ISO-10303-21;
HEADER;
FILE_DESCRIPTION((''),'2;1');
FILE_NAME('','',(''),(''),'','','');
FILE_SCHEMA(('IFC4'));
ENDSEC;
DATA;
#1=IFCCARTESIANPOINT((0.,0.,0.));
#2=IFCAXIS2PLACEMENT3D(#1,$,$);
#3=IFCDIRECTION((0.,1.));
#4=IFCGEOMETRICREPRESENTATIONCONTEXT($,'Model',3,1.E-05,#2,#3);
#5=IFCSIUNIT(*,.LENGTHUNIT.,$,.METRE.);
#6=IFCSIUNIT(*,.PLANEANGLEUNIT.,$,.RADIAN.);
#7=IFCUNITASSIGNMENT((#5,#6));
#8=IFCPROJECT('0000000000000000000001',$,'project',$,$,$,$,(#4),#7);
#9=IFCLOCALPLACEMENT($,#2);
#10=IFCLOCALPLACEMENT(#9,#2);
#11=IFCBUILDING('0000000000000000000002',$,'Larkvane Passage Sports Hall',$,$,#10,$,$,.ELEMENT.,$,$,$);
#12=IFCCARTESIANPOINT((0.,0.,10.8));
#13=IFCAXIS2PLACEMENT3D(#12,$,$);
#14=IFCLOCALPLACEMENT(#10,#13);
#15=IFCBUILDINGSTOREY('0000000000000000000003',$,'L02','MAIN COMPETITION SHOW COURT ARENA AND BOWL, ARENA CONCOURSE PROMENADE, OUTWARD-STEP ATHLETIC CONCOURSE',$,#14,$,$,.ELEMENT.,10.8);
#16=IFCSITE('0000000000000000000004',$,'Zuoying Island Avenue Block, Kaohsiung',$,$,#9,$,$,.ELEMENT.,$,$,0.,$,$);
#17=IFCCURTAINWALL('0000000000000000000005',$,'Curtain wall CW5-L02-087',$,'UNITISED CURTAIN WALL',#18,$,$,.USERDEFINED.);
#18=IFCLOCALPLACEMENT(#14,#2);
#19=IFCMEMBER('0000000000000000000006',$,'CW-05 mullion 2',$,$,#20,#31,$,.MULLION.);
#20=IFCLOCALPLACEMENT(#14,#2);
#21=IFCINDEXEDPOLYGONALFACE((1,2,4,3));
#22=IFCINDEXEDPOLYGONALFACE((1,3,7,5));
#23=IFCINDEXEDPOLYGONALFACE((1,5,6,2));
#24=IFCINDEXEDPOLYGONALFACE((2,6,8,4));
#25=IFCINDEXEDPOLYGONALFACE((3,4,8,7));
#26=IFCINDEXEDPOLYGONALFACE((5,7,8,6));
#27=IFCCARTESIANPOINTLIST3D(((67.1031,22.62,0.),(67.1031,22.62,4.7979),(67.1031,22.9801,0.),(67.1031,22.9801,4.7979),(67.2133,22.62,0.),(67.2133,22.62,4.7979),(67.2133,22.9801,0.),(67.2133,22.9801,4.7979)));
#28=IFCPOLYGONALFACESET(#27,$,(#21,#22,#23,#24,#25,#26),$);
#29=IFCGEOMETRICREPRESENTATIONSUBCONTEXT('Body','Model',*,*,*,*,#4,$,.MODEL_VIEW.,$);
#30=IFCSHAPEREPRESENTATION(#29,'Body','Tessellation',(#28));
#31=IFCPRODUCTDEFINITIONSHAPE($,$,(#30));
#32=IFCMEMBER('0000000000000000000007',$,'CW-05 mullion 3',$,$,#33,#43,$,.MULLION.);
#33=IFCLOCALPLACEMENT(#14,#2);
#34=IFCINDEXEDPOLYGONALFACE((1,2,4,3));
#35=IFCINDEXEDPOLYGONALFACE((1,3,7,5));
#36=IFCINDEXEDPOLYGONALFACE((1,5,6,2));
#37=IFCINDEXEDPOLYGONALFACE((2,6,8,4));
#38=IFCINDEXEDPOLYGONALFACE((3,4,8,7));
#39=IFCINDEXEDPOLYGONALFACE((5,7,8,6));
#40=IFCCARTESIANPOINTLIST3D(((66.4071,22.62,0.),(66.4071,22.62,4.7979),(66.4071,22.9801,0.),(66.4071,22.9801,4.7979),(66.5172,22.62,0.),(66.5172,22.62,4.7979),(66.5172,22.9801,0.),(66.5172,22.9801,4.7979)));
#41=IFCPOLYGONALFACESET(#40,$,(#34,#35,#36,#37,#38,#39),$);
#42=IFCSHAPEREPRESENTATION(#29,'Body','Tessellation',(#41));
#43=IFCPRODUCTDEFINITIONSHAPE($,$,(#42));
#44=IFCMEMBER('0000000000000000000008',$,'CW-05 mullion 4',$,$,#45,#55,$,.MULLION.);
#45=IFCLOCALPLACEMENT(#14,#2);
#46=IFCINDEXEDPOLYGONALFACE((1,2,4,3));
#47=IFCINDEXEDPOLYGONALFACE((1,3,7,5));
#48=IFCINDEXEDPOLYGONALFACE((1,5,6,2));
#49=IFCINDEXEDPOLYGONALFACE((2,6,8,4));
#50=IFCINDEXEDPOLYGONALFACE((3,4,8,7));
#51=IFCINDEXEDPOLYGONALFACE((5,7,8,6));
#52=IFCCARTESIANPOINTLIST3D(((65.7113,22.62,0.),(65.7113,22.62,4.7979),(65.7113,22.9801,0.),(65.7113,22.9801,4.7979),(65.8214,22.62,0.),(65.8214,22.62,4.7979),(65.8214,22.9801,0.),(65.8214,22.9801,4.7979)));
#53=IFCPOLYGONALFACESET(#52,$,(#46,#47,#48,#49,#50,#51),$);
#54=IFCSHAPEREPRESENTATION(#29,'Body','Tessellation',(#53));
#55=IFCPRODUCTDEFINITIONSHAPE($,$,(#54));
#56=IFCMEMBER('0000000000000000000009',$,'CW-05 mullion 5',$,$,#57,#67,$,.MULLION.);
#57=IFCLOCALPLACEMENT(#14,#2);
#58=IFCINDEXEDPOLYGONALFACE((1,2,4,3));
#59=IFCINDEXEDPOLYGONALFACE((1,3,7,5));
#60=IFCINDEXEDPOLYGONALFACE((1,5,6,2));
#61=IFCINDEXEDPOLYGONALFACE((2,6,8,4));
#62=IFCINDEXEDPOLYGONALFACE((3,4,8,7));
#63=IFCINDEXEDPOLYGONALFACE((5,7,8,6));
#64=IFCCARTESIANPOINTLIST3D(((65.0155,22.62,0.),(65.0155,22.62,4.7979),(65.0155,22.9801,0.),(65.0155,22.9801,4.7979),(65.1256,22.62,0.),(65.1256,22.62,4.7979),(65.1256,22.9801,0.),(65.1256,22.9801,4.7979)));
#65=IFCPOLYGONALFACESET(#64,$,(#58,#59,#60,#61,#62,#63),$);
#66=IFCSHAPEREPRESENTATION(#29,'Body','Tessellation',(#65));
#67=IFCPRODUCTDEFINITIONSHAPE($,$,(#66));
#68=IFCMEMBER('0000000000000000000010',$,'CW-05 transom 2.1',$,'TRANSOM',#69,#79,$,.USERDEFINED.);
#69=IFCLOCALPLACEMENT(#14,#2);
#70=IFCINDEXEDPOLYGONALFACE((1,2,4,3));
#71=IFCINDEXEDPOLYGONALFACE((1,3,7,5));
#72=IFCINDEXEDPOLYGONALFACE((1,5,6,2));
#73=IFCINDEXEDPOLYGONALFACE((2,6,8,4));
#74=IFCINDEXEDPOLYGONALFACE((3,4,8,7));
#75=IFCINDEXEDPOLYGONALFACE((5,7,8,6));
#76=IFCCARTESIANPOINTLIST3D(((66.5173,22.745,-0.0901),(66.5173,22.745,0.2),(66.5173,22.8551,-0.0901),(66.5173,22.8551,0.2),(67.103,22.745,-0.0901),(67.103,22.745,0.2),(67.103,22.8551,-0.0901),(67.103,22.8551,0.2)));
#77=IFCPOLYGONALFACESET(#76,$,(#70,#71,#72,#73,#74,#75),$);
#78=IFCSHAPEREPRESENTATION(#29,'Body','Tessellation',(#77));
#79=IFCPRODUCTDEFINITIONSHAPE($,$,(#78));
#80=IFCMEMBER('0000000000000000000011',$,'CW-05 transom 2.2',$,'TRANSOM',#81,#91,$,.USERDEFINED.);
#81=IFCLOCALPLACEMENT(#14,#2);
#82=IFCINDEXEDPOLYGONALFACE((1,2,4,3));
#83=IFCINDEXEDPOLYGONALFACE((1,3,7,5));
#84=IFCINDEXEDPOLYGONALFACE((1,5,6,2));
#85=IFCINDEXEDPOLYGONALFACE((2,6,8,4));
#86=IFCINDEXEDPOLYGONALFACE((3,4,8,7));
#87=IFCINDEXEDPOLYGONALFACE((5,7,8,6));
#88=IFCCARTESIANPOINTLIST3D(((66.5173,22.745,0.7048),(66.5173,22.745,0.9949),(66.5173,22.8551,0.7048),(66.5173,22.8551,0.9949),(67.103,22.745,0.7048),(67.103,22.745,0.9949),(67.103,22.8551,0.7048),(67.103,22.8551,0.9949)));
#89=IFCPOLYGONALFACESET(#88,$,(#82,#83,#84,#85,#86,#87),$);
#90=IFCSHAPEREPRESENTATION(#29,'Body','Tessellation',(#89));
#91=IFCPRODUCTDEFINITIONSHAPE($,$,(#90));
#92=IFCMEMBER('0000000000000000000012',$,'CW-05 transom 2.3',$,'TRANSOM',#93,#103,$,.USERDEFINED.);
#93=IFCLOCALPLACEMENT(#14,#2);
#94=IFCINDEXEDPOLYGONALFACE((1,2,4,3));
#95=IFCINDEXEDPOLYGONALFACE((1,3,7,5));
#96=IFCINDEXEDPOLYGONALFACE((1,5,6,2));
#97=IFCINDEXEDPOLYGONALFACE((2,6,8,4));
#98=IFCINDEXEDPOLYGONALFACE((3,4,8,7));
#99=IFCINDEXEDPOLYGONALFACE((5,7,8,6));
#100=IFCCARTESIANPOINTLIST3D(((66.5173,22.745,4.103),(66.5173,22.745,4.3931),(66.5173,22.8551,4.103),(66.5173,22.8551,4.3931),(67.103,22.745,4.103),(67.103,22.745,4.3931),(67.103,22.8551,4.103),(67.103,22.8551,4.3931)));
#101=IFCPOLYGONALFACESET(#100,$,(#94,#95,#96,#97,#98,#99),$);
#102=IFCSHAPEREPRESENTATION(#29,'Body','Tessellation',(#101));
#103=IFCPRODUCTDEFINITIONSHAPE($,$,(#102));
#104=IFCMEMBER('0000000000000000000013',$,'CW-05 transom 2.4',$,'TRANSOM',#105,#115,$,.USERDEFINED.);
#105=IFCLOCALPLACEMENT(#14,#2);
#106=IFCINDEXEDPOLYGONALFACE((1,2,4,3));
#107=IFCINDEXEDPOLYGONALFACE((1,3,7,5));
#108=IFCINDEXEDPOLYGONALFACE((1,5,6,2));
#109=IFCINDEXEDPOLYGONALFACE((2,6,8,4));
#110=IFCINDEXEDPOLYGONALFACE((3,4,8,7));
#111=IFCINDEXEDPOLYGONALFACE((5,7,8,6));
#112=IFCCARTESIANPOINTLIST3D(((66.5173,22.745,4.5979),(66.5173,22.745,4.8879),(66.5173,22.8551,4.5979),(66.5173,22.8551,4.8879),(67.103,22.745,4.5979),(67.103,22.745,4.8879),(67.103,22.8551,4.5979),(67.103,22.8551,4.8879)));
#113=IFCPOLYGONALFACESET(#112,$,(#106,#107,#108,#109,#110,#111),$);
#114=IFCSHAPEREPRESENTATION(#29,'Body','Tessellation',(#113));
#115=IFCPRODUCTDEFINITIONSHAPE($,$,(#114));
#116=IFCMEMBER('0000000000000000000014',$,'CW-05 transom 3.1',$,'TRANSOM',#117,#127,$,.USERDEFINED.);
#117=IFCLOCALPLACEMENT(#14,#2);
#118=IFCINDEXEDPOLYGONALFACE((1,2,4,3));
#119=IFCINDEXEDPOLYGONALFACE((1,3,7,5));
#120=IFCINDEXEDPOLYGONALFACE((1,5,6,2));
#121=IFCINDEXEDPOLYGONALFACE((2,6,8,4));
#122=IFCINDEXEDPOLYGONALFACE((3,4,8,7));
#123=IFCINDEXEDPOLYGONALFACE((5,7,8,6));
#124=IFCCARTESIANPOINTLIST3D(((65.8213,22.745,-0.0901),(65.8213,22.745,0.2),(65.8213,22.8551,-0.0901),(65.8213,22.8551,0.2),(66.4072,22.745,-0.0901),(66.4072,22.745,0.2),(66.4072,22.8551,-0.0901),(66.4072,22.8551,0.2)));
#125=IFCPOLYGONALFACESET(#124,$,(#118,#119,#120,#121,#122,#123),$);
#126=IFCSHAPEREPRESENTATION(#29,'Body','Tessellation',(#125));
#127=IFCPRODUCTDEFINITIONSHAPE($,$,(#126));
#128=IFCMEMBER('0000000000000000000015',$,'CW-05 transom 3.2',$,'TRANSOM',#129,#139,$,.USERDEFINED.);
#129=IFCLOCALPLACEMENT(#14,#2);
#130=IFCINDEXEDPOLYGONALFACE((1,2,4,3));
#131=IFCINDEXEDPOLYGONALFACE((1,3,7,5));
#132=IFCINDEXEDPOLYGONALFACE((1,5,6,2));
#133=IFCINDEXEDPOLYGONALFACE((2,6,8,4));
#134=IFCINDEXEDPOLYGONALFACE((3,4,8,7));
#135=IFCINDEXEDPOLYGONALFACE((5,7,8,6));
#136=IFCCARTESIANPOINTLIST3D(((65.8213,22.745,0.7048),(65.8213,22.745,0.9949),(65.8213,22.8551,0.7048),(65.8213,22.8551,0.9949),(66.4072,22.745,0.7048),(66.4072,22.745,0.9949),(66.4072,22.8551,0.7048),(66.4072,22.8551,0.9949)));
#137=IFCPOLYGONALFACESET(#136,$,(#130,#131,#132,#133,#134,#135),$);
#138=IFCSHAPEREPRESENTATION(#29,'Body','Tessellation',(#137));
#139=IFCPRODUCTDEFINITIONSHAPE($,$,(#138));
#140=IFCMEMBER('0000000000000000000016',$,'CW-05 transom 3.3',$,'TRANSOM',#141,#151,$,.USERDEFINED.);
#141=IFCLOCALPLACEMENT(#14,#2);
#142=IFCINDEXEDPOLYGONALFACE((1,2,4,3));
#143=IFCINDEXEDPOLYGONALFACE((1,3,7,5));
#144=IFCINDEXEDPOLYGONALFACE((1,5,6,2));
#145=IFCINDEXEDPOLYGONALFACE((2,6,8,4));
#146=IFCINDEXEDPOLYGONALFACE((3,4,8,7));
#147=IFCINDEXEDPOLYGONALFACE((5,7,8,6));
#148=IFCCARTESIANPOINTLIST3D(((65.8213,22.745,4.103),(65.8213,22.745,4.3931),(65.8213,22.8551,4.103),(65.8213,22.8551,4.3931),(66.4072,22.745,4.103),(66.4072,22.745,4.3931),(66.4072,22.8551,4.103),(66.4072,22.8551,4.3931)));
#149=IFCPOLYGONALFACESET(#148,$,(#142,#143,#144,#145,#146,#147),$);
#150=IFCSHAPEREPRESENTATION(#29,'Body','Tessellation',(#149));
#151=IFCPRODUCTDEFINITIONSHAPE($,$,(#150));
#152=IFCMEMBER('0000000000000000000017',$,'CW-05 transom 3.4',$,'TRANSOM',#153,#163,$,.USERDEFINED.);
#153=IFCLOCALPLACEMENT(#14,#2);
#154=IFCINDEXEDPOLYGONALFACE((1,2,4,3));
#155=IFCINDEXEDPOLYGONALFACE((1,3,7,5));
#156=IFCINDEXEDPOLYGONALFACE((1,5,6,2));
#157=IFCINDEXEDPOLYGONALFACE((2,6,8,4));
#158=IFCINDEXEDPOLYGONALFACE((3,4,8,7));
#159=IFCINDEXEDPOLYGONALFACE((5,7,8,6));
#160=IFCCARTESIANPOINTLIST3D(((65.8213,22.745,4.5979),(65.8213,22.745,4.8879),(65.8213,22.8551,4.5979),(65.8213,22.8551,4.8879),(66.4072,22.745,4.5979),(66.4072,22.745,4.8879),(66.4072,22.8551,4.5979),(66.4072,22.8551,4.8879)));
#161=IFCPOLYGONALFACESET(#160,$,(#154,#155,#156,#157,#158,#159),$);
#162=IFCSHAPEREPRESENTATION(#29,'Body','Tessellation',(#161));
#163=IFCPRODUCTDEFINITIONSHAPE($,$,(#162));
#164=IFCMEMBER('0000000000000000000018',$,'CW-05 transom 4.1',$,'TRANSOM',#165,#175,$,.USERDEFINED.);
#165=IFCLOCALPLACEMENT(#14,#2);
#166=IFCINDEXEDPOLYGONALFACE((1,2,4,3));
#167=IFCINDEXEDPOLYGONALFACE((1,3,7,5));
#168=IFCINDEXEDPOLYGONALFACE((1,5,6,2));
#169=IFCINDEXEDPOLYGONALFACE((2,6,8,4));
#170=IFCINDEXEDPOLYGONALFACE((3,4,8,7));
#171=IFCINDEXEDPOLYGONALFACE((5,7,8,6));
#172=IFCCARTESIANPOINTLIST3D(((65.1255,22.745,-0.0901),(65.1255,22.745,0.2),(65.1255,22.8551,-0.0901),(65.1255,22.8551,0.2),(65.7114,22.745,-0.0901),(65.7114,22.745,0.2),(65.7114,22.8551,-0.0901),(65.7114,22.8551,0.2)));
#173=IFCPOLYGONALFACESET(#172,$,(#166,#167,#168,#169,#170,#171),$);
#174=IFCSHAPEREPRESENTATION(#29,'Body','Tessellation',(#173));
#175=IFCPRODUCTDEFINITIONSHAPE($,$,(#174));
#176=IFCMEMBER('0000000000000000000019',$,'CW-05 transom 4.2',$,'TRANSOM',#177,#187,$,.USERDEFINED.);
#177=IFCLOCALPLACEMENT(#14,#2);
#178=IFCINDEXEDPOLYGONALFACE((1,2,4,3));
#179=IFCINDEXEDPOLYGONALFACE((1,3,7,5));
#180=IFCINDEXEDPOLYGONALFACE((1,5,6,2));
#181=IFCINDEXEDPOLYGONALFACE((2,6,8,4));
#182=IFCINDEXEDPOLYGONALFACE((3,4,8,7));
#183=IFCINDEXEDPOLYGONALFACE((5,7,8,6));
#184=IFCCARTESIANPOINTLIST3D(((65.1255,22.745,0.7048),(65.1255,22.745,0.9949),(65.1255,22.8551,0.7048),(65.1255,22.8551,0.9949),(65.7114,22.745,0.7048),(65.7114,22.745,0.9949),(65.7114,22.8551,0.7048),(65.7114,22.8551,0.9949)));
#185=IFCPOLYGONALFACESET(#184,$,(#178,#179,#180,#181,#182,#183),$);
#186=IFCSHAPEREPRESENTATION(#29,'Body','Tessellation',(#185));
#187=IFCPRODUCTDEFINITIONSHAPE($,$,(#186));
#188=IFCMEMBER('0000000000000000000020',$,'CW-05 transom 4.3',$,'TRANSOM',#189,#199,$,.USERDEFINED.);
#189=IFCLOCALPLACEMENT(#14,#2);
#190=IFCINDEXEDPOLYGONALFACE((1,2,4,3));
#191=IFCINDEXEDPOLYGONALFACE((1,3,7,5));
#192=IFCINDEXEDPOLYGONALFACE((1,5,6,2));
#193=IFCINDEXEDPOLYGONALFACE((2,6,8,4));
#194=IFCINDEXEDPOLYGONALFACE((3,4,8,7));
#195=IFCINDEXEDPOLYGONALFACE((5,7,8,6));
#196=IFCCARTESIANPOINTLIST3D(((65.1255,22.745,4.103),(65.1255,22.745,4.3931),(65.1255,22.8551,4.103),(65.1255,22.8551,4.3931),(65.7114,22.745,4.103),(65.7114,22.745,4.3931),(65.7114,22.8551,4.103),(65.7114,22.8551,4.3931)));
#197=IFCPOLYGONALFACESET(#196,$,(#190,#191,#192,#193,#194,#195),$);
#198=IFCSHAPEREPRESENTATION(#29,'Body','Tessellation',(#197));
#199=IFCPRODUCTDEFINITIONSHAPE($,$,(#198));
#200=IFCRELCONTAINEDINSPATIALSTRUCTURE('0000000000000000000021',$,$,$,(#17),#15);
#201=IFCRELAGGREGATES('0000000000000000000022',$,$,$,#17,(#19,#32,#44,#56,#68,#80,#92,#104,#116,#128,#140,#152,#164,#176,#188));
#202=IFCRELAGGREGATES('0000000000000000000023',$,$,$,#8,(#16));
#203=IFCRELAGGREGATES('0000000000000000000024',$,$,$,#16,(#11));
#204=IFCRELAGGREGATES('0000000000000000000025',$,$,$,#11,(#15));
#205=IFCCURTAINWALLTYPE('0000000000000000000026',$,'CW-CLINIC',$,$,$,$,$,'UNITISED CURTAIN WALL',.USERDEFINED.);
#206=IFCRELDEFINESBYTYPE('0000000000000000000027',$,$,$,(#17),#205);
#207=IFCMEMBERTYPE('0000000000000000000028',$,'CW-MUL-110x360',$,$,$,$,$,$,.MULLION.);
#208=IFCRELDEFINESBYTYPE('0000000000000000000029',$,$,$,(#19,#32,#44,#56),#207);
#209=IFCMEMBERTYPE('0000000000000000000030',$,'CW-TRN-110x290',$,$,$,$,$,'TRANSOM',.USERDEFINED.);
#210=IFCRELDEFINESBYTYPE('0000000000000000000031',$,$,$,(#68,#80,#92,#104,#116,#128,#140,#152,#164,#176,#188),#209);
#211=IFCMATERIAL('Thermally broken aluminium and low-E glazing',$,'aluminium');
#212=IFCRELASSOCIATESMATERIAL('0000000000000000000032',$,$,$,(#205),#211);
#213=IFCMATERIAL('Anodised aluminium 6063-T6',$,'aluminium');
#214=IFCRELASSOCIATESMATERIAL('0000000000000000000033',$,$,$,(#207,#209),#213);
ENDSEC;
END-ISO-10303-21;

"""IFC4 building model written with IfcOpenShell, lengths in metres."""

from ifc_helpers import new_model, si_unit, direction, frame, origin, origin_2d, place, context, subcontext, project, spatial, rectangle, extrude, material, material_profile, profile_set, type_object, element, aggregate, save


model = new_model("IFC4")

# Units and contexts
model_context = context("Model", 3, precision=1e-05, world=origin(), true_north=direction((0.0, 1.0)))
body_context = subcontext(model_context, "Body", "Model", "MODEL_VIEW")
ifc_project = project(units=[si_unit("LENGTHUNIT", "METRE"), si_unit("PLANEANGLEUNIT", "RADIAN")], contexts=[model_context])

# Site, building, storey
site_placement = place(None, origin())
site = spatial("IfcSite", under=ifc_project, at=site_placement, Name="Zuoying Island Avenue Block, Kaohsiung", CompositionType="ELEMENT", RefElevation=0.0)
building_placement = place(site_placement, origin())
building = spatial("IfcBuilding", under=site, at=building_placement, Name="Larkvane Passage Sports Hall", CompositionType="ELEMENT")
storey_placement = place(building_placement, frame((0.0, 0.0, 10.8)))
storey = spatial("IfcBuildingStorey", under=building, at=storey_placement, Name="L02", Description="MAIN COMPETITION SHOW COURT ARENA AND BOWL, ARENA CONCOURSE PROMENADE, OUTWARD-STEP ATHLETIC CONCOURSE", CompositionType="ELEMENT", Elevation=10.8)

# Curtain wall, members
ifc_material_1 = material(Name="Thermally broken aluminium and low-E glazing", Category="aluminium")
curtain_wall_type = type_object("IfcCurtainWallType", Name="CW-CLINIC", ElementType="UNITISED CURTAIN WALL", PredefinedType="USERDEFINED", material=ifc_material_1)
curtain_wall_placement = place(storey_placement, origin())
curtain_wall = element("IfcCurtainWall", 1, at=curtain_wall_placement, inside=storey, type_object=curtain_wall_type, Name="Curtain wall CW5-L02-087", ObjectType="UNITISED CURTAIN WALL", PredefinedType="USERDEFINED")
ifc_material_2 = material(Name="Anodised aluminium 6063-T6", Category="aluminium")
ifc_material_profile_1 = material_profile(ifc_material_2, rectangle(XDim=0.1101, YDim=0.3601, at=origin_2d()), Name="ALU-MUL-110x360")
ifc_profile_set_1 = profile_set([ifc_material_profile_1], Name="Anodised aluminium 6063-T6")
member_type_1 = type_object("IfcMemberType", Name="CW-MUL-110x360", PredefinedType="MULLION", material=ifc_profile_set_1)
member_1_placement = place(storey_placement, frame((67.1582, 22.8, 0.0), z_axis=(0.0, 0.0, 1.0), x_axis=(-1.0, 0.0, 0.0)))
member_1 = element("IfcMember", 2, at=member_1_placement, type_object=member_type_1, Name="CW-05 mullion 2", PredefinedType="MULLION", context=body_context, shape_type="SweptSolid", body=[
    extrude(rectangle(XDim=0.1101, YDim=0.3601, at=origin_2d()), origin(), (0.0, 0.0, 1.0), 4.7979),
])
member_2_placement = place(storey_placement, frame((66.4622, 22.8, 0.0), z_axis=(0.0, 0.0, 1.0), x_axis=(-1.0, 0.0, 0.0)))
member_2 = element("IfcMember", 3, at=member_2_placement, type_object=member_type_1, Name="CW-05 mullion 3", PredefinedType="MULLION", context=body_context, shape_type="SweptSolid", body=[
    extrude(rectangle(XDim=0.1101, YDim=0.3601, at=origin_2d()), origin(), (0.0, 0.0, 1.0), 4.7979),
])
member_3_placement = place(storey_placement, frame((65.7664, 22.8, 0.0), z_axis=(0.0, 0.0, 1.0), x_axis=(-1.0, 0.0, 0.0)))
member_3 = element("IfcMember", 4, at=member_3_placement, type_object=member_type_1, Name="CW-05 mullion 4", PredefinedType="MULLION", context=body_context, shape_type="SweptSolid", body=[
    extrude(rectangle(XDim=0.1101, YDim=0.3601, at=origin_2d()), origin(), (0.0, 0.0, 1.0), 4.7979),
])
member_4_placement = place(storey_placement, frame((65.0706, 22.8, 0.0), z_axis=(0.0, 0.0, 1.0), x_axis=(-1.0, 0.0, 0.0)))
member_4 = element("IfcMember", 5, at=member_4_placement, type_object=member_type_1, Name="CW-05 mullion 5", PredefinedType="MULLION", context=body_context, shape_type="SweptSolid", body=[
    extrude(rectangle(XDim=0.1101, YDim=0.3601, at=origin_2d()), origin(), (0.0, 0.0, 1.0), 4.7979),
])
ifc_material_profile_2 = material_profile(ifc_material_2, rectangle(XDim=0.1101, YDim=0.29, at=origin_2d()), Name="ALU-TRN-110x290")
ifc_profile_set_2 = profile_set([ifc_material_profile_2], Name="Anodised aluminium 6063-T6")
member_type_2 = type_object("IfcMemberType", Name="CW-TRN-110x290", ElementType="TRANSOM", PredefinedType="USERDEFINED", material=ifc_profile_set_2)
member_5_placement = place(storey_placement, frame((67.103, 22.8, 0.0549), z_axis=(-1.0, 0.0, 0.0), x_axis=(0.0, -1.0, 0.0)))
member_5 = element("IfcMember", 6, at=member_5_placement, type_object=member_type_2, Name="CW-05 transom 2.1", ObjectType="TRANSOM", PredefinedType="USERDEFINED", context=body_context, shape_type="SweptSolid", body=[
    extrude(rectangle(XDim=0.1101, YDim=0.29, at=origin_2d()), origin(), (0.0, 0.0, 1.0), 0.5857),
])
member_6_placement = place(storey_placement, frame((67.103, 22.8, 0.8499), z_axis=(-1.0, 0.0, 0.0), x_axis=(0.0, -1.0, 0.0)))
member_6 = element("IfcMember", 7, at=member_6_placement, type_object=member_type_2, Name="CW-05 transom 2.2", ObjectType="TRANSOM", PredefinedType="USERDEFINED", context=body_context, shape_type="SweptSolid", body=[
    extrude(rectangle(XDim=0.1101, YDim=0.29, at=origin_2d()), origin(), (0.0, 0.0, 1.0), 0.5857),
])
member_7_placement = place(storey_placement, frame((67.103, 22.8, 4.248), z_axis=(-1.0, 0.0, 0.0), x_axis=(0.0, -1.0, 0.0)))
member_7 = element("IfcMember", 8, at=member_7_placement, type_object=member_type_2, Name="CW-05 transom 2.3", ObjectType="TRANSOM", PredefinedType="USERDEFINED", context=body_context, shape_type="SweptSolid", body=[
    extrude(rectangle(XDim=0.1101, YDim=0.29, at=origin_2d()), origin(), (0.0, 0.0, 1.0), 0.5857),
])
member_8_placement = place(storey_placement, frame((67.103, 22.8, 4.7429), z_axis=(-1.0, 0.0, 0.0), x_axis=(0.0, -1.0, 0.0)))
member_8 = element("IfcMember", 9, at=member_8_placement, type_object=member_type_2, Name="CW-05 transom 2.4", ObjectType="TRANSOM", PredefinedType="USERDEFINED", context=body_context, shape_type="SweptSolid", body=[
    extrude(rectangle(XDim=0.1101, YDim=0.29, at=origin_2d()), origin(), (0.0, 0.0, 1.0), 0.5857),
])
member_9_placement = place(storey_placement, frame((66.4072, 22.8, 0.0549), z_axis=(-1.0, 0.0, 0.0), x_axis=(0.0, -1.0, 0.0)))
member_9 = element("IfcMember", 10, at=member_9_placement, type_object=member_type_2, Name="CW-05 transom 3.1", ObjectType="TRANSOM", PredefinedType="USERDEFINED", context=body_context, shape_type="SweptSolid", body=[
    extrude(rectangle(XDim=0.1101, YDim=0.29, at=origin_2d()), origin(), (0.0, 0.0, 1.0), 0.5859),
])
member_10_placement = place(storey_placement, frame((66.4072, 22.8, 0.8499), z_axis=(-1.0, 0.0, 0.0), x_axis=(0.0, -1.0, 0.0)))
member_10 = element("IfcMember", 11, at=member_10_placement, type_object=member_type_2, Name="CW-05 transom 3.2", ObjectType="TRANSOM", PredefinedType="USERDEFINED", context=body_context, shape_type="SweptSolid", body=[
    extrude(rectangle(XDim=0.1101, YDim=0.29, at=origin_2d()), origin(), (0.0, 0.0, 1.0), 0.5859),
])
member_11_placement = place(storey_placement, frame((66.4072, 22.8, 4.248), z_axis=(-1.0, 0.0, 0.0), x_axis=(0.0, -1.0, 0.0)))
member_11 = element("IfcMember", 12, at=member_11_placement, type_object=member_type_2, Name="CW-05 transom 3.3", ObjectType="TRANSOM", PredefinedType="USERDEFINED", context=body_context, shape_type="SweptSolid", body=[
    extrude(rectangle(XDim=0.1101, YDim=0.29, at=origin_2d()), origin(), (0.0, 0.0, 1.0), 0.5859),
])
member_12_placement = place(storey_placement, frame((66.4072, 22.8, 4.7429), z_axis=(-1.0, 0.0, 0.0), x_axis=(0.0, -1.0, 0.0)))
member_12 = element("IfcMember", 13, at=member_12_placement, type_object=member_type_2, Name="CW-05 transom 3.4", ObjectType="TRANSOM", PredefinedType="USERDEFINED", context=body_context, shape_type="SweptSolid", body=[
    extrude(rectangle(XDim=0.1101, YDim=0.29, at=origin_2d()), origin(), (0.0, 0.0, 1.0), 0.5859),
])
member_13_placement = place(storey_placement, frame((65.7114, 22.8, 0.0549), z_axis=(-1.0, 0.0, 0.0), x_axis=(0.0, -1.0, 0.0)))
member_13 = element("IfcMember", 14, at=member_13_placement, type_object=member_type_2, Name="CW-05 transom 4.1", ObjectType="TRANSOM", PredefinedType="USERDEFINED", context=body_context, shape_type="SweptSolid", body=[
    extrude(rectangle(XDim=0.1101, YDim=0.29, at=origin_2d()), origin(), (0.0, 0.0, 1.0), 0.5859),
])
member_14_placement = place(storey_placement, frame((65.7114, 22.8, 0.8499), z_axis=(-1.0, 0.0, 0.0), x_axis=(0.0, -1.0, 0.0)))
member_14 = element("IfcMember", 15, at=member_14_placement, type_object=member_type_2, Name="CW-05 transom 4.2", ObjectType="TRANSOM", PredefinedType="USERDEFINED", context=body_context, shape_type="SweptSolid", body=[
    extrude(rectangle(XDim=0.1101, YDim=0.29, at=origin_2d()), origin(), (0.0, 0.0, 1.0), 0.5859),
])
member_15_placement = place(storey_placement, frame((65.7114, 22.8, 4.248), z_axis=(-1.0, 0.0, 0.0), x_axis=(0.0, -1.0, 0.0)))
member_15 = element("IfcMember", 16, at=member_15_placement, type_object=member_type_2, Name="CW-05 transom 4.3", ObjectType="TRANSOM", PredefinedType="USERDEFINED", context=body_context, shape_type="SweptSolid", body=[
    extrude(rectangle(XDim=0.1101, YDim=0.29, at=origin_2d()), origin(), (0.0, 0.0, 1.0), 0.5859),
])
aggregate(curtain_wall, [member_1, member_2, member_3, member_4, member_5, member_6, member_7, member_8, member_9, member_10, member_11, member_12, member_13, member_14, member_15])

save(model, "model.ifc")
